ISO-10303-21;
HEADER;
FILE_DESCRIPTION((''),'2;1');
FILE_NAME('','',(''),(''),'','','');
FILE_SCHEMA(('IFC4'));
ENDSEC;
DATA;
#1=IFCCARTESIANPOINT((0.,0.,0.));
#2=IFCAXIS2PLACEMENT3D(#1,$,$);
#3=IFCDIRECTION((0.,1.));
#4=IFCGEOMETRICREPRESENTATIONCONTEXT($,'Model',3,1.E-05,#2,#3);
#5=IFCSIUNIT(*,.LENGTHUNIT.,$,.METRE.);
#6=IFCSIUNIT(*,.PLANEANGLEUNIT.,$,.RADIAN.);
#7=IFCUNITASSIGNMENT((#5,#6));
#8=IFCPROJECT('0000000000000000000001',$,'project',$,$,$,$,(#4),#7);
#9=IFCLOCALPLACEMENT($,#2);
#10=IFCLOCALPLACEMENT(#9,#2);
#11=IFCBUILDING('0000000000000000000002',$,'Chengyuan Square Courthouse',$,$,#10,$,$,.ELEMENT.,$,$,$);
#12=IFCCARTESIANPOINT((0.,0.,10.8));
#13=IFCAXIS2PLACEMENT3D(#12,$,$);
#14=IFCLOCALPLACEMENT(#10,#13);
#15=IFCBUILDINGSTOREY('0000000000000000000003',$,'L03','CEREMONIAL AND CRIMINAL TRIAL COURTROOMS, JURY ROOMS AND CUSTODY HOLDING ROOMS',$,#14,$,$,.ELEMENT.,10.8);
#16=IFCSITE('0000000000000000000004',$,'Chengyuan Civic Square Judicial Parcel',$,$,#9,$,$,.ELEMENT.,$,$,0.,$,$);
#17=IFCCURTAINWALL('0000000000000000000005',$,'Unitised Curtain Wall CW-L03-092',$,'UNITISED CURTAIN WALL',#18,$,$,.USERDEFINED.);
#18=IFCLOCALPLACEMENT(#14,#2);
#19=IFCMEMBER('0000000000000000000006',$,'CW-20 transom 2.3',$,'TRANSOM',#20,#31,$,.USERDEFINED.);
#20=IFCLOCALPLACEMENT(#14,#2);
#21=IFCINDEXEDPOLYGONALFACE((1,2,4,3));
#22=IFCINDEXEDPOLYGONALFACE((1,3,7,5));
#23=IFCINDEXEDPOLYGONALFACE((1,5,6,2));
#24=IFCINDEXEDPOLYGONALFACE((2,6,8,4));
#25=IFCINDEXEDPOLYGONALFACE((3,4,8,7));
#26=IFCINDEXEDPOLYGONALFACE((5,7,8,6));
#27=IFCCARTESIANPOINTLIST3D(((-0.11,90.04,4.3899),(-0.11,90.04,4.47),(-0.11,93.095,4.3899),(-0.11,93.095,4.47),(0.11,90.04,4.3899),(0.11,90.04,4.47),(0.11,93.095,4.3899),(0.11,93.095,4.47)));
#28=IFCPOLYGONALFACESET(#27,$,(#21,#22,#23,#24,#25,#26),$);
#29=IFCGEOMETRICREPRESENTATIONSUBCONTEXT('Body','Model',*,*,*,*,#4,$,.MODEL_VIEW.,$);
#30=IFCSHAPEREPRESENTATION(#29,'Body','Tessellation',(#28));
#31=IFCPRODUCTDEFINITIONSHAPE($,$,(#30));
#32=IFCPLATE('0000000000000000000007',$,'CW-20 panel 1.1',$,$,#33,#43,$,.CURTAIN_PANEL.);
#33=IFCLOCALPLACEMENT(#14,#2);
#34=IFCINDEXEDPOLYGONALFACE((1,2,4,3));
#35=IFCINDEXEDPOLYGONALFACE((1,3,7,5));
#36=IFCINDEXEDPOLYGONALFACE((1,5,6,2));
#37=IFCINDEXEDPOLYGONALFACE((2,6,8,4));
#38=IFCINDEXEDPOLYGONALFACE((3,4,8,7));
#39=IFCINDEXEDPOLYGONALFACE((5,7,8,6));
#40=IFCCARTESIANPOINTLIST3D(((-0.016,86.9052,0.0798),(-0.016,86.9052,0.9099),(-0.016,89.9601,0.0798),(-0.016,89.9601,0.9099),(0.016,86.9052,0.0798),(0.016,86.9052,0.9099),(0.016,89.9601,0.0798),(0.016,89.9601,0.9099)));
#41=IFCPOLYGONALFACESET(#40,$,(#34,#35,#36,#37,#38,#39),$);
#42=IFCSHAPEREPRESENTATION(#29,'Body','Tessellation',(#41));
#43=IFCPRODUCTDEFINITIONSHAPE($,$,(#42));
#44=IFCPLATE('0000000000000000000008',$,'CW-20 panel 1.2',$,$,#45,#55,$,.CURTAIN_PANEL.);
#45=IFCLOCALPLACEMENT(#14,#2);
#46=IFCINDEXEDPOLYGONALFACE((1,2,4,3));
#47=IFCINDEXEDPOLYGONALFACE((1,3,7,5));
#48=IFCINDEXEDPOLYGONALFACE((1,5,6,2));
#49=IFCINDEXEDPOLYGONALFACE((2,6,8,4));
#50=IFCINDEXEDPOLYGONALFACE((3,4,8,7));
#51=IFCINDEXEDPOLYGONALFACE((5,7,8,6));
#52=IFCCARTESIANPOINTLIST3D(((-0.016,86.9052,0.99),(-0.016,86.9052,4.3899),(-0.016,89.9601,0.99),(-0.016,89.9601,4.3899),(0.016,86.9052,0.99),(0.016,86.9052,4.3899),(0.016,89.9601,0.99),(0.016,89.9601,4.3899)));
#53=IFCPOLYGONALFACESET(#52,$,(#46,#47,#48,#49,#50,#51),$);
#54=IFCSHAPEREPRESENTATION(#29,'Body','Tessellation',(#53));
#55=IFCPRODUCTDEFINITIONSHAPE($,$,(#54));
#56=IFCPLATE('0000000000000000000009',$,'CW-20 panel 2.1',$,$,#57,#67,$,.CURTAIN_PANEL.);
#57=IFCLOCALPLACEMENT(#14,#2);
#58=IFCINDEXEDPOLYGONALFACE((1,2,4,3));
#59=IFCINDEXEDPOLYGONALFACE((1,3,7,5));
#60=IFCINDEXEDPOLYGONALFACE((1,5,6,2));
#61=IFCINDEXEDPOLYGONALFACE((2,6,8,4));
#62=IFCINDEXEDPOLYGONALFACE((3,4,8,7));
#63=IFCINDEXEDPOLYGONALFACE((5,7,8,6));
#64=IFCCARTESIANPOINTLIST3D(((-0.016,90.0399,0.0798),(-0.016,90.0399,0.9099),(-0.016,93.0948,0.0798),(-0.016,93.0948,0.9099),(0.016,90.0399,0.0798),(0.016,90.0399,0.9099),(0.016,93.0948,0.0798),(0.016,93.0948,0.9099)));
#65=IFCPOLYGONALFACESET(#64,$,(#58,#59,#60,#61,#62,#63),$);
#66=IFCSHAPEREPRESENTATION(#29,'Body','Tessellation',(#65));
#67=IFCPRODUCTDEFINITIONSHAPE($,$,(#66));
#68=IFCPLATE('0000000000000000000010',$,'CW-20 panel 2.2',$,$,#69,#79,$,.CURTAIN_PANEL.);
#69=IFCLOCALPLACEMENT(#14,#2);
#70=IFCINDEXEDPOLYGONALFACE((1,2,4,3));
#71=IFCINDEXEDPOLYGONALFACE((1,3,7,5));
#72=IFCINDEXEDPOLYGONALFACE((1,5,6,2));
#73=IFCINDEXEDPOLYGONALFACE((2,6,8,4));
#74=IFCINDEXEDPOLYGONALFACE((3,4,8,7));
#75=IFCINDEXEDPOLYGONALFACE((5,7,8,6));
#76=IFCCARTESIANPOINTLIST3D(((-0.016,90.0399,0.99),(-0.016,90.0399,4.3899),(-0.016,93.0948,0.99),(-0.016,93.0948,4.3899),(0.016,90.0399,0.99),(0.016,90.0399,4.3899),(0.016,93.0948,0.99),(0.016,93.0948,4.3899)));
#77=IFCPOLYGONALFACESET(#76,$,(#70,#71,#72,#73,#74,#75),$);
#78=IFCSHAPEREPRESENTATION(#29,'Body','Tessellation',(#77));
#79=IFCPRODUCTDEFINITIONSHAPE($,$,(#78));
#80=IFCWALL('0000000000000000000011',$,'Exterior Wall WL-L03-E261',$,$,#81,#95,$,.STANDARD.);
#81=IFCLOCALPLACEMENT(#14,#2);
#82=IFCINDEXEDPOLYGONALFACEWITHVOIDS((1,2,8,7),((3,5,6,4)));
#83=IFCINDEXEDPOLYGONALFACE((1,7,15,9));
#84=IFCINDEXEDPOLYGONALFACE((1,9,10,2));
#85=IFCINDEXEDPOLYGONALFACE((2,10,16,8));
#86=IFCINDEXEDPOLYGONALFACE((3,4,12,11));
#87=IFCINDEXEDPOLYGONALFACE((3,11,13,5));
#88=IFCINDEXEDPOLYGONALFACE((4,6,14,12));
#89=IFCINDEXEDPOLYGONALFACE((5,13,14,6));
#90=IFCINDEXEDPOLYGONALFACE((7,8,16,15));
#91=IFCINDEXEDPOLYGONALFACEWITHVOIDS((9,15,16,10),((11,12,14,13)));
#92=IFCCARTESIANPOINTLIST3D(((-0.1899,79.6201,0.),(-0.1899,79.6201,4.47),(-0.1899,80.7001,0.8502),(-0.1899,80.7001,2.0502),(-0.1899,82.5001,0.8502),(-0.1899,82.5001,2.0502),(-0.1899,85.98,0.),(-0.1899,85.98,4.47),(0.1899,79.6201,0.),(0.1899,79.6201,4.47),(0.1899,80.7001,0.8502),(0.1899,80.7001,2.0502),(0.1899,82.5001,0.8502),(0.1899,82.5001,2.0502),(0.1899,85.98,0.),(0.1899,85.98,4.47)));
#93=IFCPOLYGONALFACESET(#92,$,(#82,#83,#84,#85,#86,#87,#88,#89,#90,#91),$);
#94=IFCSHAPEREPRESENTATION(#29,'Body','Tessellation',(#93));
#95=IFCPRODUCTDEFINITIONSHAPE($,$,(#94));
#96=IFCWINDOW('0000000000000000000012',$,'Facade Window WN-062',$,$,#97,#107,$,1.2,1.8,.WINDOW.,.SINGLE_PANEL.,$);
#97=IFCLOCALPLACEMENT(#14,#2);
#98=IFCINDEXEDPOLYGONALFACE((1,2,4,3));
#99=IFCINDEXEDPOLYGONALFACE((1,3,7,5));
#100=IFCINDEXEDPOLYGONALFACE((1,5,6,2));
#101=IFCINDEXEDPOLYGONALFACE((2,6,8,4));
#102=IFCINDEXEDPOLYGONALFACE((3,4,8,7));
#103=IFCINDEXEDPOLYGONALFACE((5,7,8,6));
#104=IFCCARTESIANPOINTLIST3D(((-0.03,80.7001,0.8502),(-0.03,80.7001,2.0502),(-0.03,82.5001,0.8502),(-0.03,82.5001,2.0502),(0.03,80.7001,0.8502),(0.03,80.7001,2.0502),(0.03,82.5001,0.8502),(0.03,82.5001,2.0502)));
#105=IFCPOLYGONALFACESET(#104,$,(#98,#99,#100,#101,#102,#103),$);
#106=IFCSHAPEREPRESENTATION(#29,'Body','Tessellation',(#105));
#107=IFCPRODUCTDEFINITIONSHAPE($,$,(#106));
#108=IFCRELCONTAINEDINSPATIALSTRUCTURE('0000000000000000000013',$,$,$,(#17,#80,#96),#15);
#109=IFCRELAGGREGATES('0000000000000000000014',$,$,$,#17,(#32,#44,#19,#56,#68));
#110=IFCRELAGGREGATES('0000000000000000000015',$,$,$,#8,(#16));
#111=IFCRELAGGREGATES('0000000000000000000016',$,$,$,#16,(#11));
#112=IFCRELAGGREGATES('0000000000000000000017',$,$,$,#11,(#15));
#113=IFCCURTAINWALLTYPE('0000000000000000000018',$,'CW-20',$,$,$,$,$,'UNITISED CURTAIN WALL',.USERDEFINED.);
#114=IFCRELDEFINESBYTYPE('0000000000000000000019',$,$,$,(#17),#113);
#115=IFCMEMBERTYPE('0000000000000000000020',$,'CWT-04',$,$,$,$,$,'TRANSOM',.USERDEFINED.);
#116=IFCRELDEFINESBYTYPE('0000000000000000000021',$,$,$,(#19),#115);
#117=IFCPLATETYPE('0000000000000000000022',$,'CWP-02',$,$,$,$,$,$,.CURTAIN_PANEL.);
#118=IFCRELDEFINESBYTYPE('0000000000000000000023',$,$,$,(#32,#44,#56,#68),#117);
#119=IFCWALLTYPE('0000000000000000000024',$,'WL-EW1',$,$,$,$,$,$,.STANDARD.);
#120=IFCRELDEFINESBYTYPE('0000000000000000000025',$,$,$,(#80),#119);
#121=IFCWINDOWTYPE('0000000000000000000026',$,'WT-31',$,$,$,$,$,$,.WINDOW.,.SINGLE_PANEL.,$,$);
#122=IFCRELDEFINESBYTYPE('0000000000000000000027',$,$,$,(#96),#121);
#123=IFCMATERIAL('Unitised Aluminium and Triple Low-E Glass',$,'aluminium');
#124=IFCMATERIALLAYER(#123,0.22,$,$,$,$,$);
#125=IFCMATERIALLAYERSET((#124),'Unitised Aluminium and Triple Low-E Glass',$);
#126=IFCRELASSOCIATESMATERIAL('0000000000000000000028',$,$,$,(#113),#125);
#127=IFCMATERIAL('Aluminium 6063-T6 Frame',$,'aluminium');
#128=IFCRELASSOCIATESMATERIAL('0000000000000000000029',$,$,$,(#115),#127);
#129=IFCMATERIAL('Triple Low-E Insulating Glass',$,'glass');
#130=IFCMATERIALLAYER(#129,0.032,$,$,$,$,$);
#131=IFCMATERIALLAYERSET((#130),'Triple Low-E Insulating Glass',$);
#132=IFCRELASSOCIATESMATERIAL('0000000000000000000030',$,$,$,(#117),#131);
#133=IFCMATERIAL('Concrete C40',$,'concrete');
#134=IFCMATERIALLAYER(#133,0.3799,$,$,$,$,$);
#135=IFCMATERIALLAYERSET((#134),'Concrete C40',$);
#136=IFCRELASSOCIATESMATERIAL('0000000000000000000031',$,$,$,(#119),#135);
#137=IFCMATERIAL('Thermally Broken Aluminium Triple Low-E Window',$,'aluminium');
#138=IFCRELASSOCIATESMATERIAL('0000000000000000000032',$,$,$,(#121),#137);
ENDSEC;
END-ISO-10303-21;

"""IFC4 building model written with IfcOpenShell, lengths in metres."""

from ifc_helpers import new_model, si_unit, direction, frame, frame_2d, origin, origin_2d, place, context, subcontext, project, spatial, rectangle, extrude, material, layer, layer_set, material_profile, profile_set, type_object, element, fill, aggregate, save


model = new_model("IFC4")

# Units and contexts
model_context = context("Model", 3, precision=1e-05, world=origin(), true_north=direction((0.0, 1.0)))
body_context = subcontext(model_context, "Body", "Model", "MODEL_VIEW")
ifc_project = project(units=[si_unit("LENGTHUNIT", "METRE"), si_unit("PLANEANGLEUNIT", "RADIAN")], contexts=[model_context])

# Site, building, storey
site_placement = place(None, origin())
site = spatial("IfcSite", under=ifc_project, at=site_placement, Name="Chengyuan Civic Square Judicial Parcel", CompositionType="ELEMENT", RefElevation=0.0)
building_placement = place(site_placement, origin())
building = spatial("IfcBuilding", under=site, at=building_placement, Name="Chengyuan Square Courthouse", CompositionType="ELEMENT")
storey_placement = place(building_placement, frame((0.0, 0.0, 10.8)))
storey = spatial("IfcBuildingStorey", under=building, at=storey_placement, Name="L03", Description="CEREMONIAL AND CRIMINAL TRIAL COURTROOMS, JURY ROOMS AND CUSTODY HOLDING ROOMS", CompositionType="ELEMENT", Elevation=10.8)

# Shared definitions
ifc_material_1 = material(Name="Concrete C40", Category="concrete")

# Curtain wall, member, plates
ifc_material_2 = material(Name="Unitised Aluminium and Triple Low-E Glass", Category="aluminium")
ifc_layer_1 = layer(ifc_material_2, 0.22)
ifc_layer_set_1 = layer_set([ifc_layer_1], Name="Unitised Aluminium and Triple Low-E Glass")
curtain_wall_type = type_object("IfcCurtainWallType", Name="CW-20", ElementType="UNITISED CURTAIN WALL", PredefinedType="USERDEFINED", material=ifc_layer_set_1)
curtain_wall_placement = place(storey_placement, origin())
curtain_wall = element("IfcCurtainWall", 1, at=curtain_wall_placement, inside=storey, type_object=curtain_wall_type, Name="Unitised Curtain Wall CW-L03-092", ObjectType="UNITISED CURTAIN WALL", PredefinedType="USERDEFINED")
ifc_material_3 = material(Name="Aluminium 6063-T6 Frame", Category="aluminium")
ifc_material_profile_1 = material_profile(ifc_material_3, rectangle(XDim=0.22, YDim=0.0801, at=origin_2d()), Name="CW-TRN-80x180")
ifc_profile_set_1 = profile_set([ifc_material_profile_1], Name="Aluminium 6063-T6 Frame")
member_type_1 = type_object("IfcMemberType", Name="CWT-04", ElementType="TRANSOM", PredefinedType="USERDEFINED", material=ifc_profile_set_1)
member_1_placement = place(storey_placement, frame((0.0, 90.04, 4.4299), z_axis=(0.0, 1.0, 0.0), x_axis=(-1.0, 0.0, 0.0)))
member_1 = element("IfcMember", 2, at=member_1_placement, type_object=member_type_1, Name="CW-20 transom 2.3", ObjectType="TRANSOM", PredefinedType="USERDEFINED", context=body_context, shape_type="SweptSolid", body=[
    extrude(rectangle(XDim=0.22, YDim=0.0801, at=origin_2d()), origin(), (0.0, 0.0, 1.0), 3.0549),
])
ifc_material_4 = material(Name="Triple Low-E Insulating Glass", Category="glass")
ifc_layer_2 = layer(ifc_material_4, 0.032)
ifc_layer_set_2 = layer_set([ifc_layer_2], Name="Triple Low-E Insulating Glass")
plate_type = type_object("IfcPlateType", Name="CWP-02", PredefinedType="CURTAIN_PANEL", material=ifc_layer_set_2)
plate_1_placement = place(storey_placement, frame((0.0, 88.4326, 0.0798), z_axis=(0.0, 0.0, 1.0), x_axis=(0.0, 1.0, 0.0)))
plate_1 = element("IfcPlate", 3, at=plate_1_placement, type_object=plate_type, Name="CW-20 panel 1.1", PredefinedType="CURTAIN_PANEL", context=body_context, shape_type="SweptSolid", body=[
    extrude(rectangle(XDim=3.0549, YDim=0.032, at=origin_2d()), origin(), (0.0, 0.0, 1.0), 0.8301),
])
plate_2_placement = place(storey_placement, frame((0.0, 88.4326, 0.99), z_axis=(0.0, 0.0, 1.0), x_axis=(0.0, 1.0, 0.0)))
plate_2 = element("IfcPlate", 4, at=plate_2_placement, type_object=plate_type, Name="CW-20 panel 1.2", PredefinedType="CURTAIN_PANEL", context=body_context, shape_type="SweptSolid", body=[
    extrude(rectangle(XDim=3.0549, YDim=0.032, at=origin_2d()), origin(), (0.0, 0.0, 1.0), 3.3999),
])
plate_3_placement = place(storey_placement, frame((0.0, 91.5674, 0.0798), z_axis=(0.0, 0.0, 1.0), x_axis=(0.0, 1.0, 0.0)))
plate_3 = element("IfcPlate", 5, at=plate_3_placement, type_object=plate_type, Name="CW-20 panel 2.1", PredefinedType="CURTAIN_PANEL", context=body_context, shape_type="SweptSolid", body=[
    extrude(rectangle(XDim=3.0549, YDim=0.032, at=origin_2d()), origin(), (0.0, 0.0, 1.0), 0.8301),
])
plate_4_placement = place(storey_placement, frame((0.0, 91.5674, 0.99), z_axis=(0.0, 0.0, 1.0), x_axis=(0.0, 1.0, 0.0)))
plate_4 = element("IfcPlate", 6, at=plate_4_placement, type_object=plate_type, Name="CW-20 panel 2.2", PredefinedType="CURTAIN_PANEL", context=body_context, shape_type="SweptSolid", body=[
    extrude(rectangle(XDim=3.0549, YDim=0.032, at=origin_2d()), origin(), (0.0, 0.0, 1.0), 3.3999),
])
aggregate(curtain_wall, [plate_1, plate_2, member_1, plate_3, plate_4])

# Wall, opening, window
ifc_layer_3 = layer(ifc_material_1, 0.3799)
ifc_layer_set_3 = layer_set([ifc_layer_3], Name="Concrete C40")
wall_type_1 = type_object("IfcWallType", Name="WL-EW1", PredefinedType="STANDARD", material=ifc_layer_set_3)
wall_1_placement = place(storey_placement, frame((0.0, 79.6201, 0.0), z_axis=(0.0, 0.0, 1.0), x_axis=(0.0, 1.0, 0.0)))
wall_1 = element("IfcWall", 7, at=wall_1_placement, inside=storey, type_object=wall_type_1, Name="Exterior Wall WL-L03-E261", PredefinedType="STANDARD", context=body_context, shape_type="SweptSolid", body=[
    extrude(rectangle(XDim=6.3599, YDim=0.3799, at=frame_2d((3.1799, 0.0))), origin(), (0.0, 0.0, 1.0), 4.47),
])
opening_1_placement = place(wall_1_placement, frame((1.0801, 0.0, 0.8501)))
opening_1 = element("IfcOpeningElement", 8, at=opening_1_placement, cuts=wall_1, PredefinedType="OPENING", context=body_context, shape_type="SweptSolid", body=[
    extrude(rectangle(XDim=1.8, YDim=1.2, at=frame_2d((0.8999, 0.6001))), frame((0.0, 0.2019, 0.0), z_axis=(0.0, -1.0, 0.0), x_axis=(1.0, 0.0, 0.0)), (0.0, 0.0, 1.0), 0.4038),
])
ifc_material_5 = material(Name="Thermally Broken Aluminium Triple Low-E Window", Category="aluminium")
window_type = type_object("IfcWindowType", Name="WT-31", PartitioningType="SINGLE_PANEL", PredefinedType="WINDOW", material=ifc_material_5)
window_placement = place(opening_1_placement, origin())
window = element("IfcWindow", 9, at=window_placement, inside=storey, type_object=window_type, Name="Facade Window WN-062", OverallHeight=1.2, OverallWidth=1.8, PartitioningType="SINGLE_PANEL", PredefinedType="WINDOW", context=body_context, shape_type="SweptSolid", body=[
    extrude(rectangle(XDim=1.8, YDim=1.2, at=frame_2d((0.8999, 0.6001))), frame((0.0, 0.03, 0.0), z_axis=(0.0, -1.0, 0.0), x_axis=(1.0, 0.0, 0.0)), (0.0, 0.0, 1.0), 0.0601),
])
fill(opening_1, window)

save(model, "model.ifc")
